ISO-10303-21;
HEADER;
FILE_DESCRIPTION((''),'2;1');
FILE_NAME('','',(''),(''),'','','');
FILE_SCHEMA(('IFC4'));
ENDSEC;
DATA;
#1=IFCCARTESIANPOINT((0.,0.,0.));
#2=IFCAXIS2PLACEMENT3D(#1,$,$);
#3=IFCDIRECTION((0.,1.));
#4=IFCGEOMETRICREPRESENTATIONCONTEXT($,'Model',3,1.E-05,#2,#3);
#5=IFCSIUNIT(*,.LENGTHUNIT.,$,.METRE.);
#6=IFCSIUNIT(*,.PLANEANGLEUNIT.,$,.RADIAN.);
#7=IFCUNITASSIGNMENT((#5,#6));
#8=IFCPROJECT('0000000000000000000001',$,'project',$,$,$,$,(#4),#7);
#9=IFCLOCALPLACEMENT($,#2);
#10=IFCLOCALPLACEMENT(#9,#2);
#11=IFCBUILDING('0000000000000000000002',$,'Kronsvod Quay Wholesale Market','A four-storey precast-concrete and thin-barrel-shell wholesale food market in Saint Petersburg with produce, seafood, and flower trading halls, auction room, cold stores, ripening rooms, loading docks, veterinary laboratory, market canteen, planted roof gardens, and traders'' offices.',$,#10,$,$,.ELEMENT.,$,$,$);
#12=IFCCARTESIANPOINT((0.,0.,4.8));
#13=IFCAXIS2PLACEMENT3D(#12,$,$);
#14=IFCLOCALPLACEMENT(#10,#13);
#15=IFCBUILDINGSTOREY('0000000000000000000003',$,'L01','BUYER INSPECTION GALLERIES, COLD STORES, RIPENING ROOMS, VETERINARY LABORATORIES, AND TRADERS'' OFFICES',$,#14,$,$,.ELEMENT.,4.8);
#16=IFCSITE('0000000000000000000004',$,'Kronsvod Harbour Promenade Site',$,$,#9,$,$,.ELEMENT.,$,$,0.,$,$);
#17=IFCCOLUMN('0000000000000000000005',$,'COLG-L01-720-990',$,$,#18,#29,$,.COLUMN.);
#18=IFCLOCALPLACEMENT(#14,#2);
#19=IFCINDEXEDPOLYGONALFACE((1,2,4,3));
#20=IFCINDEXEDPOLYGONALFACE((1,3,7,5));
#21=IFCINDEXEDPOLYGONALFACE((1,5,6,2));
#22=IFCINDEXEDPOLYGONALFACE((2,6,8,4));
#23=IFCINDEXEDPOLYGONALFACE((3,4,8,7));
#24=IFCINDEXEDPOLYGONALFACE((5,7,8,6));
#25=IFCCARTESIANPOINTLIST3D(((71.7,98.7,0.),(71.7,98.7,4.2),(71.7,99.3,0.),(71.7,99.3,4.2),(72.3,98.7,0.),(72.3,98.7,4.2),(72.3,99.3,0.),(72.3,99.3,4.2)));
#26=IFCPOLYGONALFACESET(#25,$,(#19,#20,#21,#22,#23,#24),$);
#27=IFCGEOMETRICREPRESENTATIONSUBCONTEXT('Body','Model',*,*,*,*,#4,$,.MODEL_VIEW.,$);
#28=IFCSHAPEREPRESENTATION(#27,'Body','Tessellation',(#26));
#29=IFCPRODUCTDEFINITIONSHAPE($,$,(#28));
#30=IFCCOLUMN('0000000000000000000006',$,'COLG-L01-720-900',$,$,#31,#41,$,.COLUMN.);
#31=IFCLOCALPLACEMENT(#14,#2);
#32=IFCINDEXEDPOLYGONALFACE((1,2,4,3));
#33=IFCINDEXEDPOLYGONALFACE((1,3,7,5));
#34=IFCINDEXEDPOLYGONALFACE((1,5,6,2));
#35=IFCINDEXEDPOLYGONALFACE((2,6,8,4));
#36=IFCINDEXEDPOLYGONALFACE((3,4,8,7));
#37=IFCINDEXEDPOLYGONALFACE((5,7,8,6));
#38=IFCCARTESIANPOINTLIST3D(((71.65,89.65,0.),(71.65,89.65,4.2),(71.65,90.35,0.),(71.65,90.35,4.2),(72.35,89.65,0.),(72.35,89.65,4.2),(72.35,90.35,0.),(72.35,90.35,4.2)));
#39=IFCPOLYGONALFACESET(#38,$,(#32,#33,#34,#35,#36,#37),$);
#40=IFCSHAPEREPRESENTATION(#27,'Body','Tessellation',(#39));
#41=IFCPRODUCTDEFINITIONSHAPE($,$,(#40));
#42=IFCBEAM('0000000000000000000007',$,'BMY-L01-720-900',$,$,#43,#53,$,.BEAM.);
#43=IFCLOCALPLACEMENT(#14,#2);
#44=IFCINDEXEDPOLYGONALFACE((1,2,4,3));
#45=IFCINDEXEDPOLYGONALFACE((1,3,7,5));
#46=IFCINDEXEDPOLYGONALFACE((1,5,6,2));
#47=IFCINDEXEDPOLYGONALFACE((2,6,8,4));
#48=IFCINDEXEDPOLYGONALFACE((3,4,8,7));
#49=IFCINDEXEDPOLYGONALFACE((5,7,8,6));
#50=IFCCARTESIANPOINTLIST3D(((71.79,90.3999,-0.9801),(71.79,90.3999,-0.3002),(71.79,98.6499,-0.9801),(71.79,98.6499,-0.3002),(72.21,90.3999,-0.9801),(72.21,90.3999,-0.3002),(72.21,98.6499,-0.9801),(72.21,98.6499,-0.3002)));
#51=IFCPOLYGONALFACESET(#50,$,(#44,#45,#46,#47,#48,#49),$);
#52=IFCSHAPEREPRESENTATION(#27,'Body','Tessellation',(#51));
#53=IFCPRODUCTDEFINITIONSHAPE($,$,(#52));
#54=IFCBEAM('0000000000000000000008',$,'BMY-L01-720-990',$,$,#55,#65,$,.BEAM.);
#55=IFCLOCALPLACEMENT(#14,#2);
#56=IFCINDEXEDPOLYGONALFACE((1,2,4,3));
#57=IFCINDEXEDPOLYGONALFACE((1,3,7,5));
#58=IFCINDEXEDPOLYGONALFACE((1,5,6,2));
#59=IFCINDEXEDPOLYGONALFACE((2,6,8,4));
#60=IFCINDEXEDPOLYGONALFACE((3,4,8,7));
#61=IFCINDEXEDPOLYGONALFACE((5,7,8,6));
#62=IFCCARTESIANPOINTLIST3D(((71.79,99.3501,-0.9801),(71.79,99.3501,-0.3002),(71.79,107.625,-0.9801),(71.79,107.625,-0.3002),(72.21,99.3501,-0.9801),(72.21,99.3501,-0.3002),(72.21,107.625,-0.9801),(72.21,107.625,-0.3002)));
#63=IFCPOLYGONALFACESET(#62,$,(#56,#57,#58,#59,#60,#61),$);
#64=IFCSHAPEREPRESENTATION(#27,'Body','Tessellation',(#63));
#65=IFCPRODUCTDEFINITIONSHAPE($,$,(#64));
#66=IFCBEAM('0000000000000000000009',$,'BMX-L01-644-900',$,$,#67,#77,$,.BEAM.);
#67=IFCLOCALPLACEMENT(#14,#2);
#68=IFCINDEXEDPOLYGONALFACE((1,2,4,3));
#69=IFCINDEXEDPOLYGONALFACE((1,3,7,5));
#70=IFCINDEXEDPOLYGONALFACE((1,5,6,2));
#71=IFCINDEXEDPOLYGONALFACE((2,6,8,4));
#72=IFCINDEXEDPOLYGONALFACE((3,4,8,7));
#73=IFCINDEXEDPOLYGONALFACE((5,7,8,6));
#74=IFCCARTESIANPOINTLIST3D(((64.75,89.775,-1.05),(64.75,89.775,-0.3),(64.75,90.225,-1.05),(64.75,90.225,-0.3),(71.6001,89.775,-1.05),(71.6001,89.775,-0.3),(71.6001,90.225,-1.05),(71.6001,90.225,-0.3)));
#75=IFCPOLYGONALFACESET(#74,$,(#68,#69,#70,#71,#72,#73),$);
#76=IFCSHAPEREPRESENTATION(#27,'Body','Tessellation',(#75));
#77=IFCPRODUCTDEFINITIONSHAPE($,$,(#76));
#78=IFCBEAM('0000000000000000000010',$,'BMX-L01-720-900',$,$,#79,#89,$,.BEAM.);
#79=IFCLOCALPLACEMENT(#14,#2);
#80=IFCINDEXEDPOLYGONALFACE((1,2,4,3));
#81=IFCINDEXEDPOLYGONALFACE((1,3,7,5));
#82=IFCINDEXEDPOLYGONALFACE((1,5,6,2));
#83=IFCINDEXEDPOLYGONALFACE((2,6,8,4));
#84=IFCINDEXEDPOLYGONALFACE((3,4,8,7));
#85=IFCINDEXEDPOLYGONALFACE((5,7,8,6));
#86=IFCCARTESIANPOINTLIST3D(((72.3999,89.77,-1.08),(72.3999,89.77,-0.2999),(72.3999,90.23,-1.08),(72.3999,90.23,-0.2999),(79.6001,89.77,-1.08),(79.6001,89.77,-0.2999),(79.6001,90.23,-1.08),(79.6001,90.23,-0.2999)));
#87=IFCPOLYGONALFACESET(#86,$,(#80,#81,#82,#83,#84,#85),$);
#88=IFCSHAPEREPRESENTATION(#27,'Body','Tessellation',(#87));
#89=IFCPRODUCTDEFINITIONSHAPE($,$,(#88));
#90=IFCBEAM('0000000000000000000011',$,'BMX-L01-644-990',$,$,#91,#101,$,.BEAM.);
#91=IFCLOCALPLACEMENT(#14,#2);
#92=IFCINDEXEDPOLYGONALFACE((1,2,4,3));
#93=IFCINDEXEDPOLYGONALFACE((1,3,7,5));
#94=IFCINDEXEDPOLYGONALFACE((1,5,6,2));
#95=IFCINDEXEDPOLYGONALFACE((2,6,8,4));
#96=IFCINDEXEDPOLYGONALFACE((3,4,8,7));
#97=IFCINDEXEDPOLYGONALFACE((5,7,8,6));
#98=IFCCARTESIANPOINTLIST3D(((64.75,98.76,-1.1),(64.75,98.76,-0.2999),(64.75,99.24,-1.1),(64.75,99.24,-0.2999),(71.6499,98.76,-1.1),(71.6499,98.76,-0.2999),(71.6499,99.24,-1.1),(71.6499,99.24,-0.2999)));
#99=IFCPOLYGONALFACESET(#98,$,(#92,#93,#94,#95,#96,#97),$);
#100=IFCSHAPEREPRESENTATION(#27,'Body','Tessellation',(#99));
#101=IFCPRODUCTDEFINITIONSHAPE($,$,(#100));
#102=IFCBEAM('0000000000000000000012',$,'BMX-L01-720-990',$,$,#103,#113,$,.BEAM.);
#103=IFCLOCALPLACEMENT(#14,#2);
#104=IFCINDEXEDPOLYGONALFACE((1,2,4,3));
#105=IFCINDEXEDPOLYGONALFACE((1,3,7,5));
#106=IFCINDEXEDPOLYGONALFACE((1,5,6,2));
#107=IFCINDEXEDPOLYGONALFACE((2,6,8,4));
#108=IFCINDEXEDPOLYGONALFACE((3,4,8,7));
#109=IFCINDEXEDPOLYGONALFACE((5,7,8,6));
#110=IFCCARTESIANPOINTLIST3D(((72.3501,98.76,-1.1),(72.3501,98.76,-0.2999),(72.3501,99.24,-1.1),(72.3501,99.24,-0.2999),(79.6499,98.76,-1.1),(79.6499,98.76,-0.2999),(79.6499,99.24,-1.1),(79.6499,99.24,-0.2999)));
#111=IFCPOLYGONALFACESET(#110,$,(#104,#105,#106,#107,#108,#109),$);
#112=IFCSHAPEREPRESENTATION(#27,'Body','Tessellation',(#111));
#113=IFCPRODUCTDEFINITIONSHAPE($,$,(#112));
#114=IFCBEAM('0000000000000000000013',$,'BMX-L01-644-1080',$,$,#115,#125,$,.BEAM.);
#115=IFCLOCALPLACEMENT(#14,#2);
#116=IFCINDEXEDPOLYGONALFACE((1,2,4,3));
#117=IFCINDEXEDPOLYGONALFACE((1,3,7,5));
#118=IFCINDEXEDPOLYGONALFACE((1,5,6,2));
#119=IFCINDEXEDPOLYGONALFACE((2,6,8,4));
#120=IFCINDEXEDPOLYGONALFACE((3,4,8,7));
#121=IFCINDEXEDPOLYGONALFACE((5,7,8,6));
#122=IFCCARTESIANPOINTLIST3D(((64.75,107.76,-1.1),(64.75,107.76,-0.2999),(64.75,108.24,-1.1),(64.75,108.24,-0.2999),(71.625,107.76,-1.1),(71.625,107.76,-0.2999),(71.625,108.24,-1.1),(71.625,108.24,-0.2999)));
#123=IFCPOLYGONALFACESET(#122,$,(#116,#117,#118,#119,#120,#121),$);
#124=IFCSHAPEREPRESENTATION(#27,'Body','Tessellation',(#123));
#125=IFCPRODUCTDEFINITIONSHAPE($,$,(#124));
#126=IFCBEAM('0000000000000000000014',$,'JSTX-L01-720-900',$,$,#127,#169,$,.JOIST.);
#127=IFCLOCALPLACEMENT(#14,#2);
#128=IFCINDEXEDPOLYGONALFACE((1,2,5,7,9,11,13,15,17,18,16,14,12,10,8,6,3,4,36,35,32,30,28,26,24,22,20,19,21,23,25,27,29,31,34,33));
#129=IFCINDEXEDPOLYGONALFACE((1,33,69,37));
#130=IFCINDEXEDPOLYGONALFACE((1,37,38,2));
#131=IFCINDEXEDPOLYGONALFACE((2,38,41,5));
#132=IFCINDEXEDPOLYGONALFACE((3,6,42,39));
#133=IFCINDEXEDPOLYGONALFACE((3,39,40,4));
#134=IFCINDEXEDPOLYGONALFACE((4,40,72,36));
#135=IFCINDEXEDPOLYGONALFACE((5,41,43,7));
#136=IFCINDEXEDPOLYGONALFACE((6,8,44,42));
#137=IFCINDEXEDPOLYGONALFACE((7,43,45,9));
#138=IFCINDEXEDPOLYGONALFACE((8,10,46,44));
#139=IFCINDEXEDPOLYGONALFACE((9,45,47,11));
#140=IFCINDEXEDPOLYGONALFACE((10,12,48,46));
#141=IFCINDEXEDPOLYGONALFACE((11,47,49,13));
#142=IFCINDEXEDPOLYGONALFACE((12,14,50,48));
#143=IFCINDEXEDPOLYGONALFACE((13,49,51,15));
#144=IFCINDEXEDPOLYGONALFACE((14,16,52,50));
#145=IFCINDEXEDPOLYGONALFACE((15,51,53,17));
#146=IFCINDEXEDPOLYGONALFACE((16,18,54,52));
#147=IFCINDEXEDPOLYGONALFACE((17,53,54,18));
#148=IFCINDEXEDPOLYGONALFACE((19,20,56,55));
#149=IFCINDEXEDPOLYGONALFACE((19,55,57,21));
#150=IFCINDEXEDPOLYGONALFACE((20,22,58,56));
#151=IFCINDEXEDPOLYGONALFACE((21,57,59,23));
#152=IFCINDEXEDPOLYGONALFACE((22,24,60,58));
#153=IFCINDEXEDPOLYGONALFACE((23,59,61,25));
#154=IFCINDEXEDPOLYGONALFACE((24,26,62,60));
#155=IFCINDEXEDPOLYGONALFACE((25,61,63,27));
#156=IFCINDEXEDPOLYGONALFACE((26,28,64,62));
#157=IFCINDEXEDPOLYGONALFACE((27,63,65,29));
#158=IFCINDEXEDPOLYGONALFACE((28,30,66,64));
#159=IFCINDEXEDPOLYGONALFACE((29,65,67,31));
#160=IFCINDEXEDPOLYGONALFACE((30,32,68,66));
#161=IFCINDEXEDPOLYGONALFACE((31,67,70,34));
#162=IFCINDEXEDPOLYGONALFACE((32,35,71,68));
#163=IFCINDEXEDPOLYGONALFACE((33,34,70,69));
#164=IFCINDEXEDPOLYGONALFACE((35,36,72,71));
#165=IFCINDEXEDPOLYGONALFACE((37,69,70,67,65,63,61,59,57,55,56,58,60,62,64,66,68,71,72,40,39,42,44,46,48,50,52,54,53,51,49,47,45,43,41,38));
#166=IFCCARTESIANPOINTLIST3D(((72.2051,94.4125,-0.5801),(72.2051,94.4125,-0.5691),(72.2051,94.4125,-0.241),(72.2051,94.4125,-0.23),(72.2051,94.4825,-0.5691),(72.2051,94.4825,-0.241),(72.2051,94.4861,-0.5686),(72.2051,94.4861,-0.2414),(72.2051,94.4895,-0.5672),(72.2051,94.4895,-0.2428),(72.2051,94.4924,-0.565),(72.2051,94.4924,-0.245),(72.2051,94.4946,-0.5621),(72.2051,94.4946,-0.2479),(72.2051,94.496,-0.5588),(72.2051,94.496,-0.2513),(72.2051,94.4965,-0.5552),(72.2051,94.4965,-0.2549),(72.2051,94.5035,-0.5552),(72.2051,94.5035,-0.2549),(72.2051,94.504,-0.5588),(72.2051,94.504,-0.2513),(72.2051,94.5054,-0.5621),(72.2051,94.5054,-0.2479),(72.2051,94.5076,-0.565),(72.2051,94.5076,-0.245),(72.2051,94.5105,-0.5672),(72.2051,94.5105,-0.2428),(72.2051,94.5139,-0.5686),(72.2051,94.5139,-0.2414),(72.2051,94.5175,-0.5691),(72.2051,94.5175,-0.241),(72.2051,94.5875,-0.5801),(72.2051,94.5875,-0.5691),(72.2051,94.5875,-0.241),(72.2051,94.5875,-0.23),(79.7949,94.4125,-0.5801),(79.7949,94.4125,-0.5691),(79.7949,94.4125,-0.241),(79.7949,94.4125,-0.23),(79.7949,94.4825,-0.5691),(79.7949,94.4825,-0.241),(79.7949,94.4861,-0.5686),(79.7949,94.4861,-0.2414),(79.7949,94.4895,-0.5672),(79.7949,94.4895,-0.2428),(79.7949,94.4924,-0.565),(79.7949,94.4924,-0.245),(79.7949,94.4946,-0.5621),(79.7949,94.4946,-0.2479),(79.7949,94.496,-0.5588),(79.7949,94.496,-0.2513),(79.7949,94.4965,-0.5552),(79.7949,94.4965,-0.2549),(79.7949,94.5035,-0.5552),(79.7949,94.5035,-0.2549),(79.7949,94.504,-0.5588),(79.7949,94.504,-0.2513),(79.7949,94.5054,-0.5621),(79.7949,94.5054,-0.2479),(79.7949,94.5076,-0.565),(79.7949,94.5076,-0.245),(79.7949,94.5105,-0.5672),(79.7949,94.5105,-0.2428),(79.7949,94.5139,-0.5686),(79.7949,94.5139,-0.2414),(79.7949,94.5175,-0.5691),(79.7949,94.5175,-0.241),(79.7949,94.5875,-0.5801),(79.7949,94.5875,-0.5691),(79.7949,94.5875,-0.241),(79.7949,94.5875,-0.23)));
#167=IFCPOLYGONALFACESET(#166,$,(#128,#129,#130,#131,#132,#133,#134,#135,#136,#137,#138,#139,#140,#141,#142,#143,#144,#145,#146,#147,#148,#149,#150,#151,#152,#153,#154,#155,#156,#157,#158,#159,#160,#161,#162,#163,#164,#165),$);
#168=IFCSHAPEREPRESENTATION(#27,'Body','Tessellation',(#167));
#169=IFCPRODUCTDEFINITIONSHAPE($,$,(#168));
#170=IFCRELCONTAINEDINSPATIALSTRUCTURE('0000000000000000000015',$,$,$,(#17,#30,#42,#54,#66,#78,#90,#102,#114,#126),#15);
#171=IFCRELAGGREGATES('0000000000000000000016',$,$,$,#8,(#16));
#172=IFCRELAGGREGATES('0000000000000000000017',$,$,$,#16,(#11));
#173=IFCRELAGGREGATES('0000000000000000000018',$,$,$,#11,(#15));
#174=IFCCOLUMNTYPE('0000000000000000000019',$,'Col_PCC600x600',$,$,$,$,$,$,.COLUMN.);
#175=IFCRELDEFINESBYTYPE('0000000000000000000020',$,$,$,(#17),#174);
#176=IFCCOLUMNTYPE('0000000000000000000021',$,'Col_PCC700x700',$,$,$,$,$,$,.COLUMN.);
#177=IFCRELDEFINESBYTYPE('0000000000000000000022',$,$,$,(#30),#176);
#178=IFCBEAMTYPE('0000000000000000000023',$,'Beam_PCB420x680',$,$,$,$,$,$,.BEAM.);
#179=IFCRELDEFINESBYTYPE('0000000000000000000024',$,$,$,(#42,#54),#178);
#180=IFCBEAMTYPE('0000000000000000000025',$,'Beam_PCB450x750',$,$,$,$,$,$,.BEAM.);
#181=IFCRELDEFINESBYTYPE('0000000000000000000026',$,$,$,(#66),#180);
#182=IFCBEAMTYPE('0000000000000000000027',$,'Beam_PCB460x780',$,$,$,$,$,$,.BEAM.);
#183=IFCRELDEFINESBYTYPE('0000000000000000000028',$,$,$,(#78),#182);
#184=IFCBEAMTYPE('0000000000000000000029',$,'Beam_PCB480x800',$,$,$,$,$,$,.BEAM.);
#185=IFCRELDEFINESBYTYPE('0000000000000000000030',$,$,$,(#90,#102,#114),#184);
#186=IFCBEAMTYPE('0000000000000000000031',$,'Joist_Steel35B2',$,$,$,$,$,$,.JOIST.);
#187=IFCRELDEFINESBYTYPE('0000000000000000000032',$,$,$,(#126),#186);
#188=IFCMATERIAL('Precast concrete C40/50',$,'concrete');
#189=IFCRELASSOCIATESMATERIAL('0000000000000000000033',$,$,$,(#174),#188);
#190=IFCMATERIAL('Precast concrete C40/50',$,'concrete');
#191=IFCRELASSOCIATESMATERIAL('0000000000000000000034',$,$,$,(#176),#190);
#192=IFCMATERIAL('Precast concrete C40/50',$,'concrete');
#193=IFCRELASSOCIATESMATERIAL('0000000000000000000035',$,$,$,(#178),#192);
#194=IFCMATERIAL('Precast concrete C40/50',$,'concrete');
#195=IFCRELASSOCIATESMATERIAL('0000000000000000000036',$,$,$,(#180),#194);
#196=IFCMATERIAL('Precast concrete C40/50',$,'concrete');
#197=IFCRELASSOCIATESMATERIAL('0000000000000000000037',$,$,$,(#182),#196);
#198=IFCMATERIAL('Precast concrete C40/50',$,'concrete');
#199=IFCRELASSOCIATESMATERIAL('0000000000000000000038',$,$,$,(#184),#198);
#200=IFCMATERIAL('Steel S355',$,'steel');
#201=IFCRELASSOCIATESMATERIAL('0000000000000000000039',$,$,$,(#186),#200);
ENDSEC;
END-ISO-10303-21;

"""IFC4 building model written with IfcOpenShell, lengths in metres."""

from ifc_helpers import new_model, si_unit, direction, frame, origin, origin_2d, place, context, subcontext, project, spatial, rectangle, i_section, extrude, material, material_profile, profile_set, type_object, element, save


model = new_model("IFC4")

# Units and contexts
model_context = context("Model", 3, precision=1e-05, world=origin(), true_north=direction((0.0, 1.0)))
body_context = subcontext(model_context, "Body", "Model", "MODEL_VIEW")
ifc_project = project(units=[si_unit("LENGTHUNIT", "METRE"), si_unit("PLANEANGLEUNIT", "RADIAN")], contexts=[model_context])

# Site, building, storey
site_placement = place(None, origin())
site = spatial("IfcSite", under=ifc_project, at=site_placement, Name="Kronsvod Harbour Promenade Site", CompositionType="ELEMENT", RefElevation=0.0)
building_placement = place(site_placement, origin())
building = spatial("IfcBuilding", under=site, at=building_placement, Name="Kronsvod Quay Wholesale Market", Description="A four-storey precast-concrete and thin-barrel-shell wholesale food market in Saint Petersburg with produce, seafood, and flower trading halls, auction room, cold stores, ripening rooms, loading docks, veterinary laboratory, market canteen, planted roof gardens, and traders' offices.", CompositionType="ELEMENT")
storey_placement = place(building_placement, frame((0.0, 0.0, 4.8)))
storey = spatial("IfcBuildingStorey", under=building, at=storey_placement, Name="L01", Description="BUYER INSPECTION GALLERIES, COLD STORES, RIPENING ROOMS, VETERINARY LABORATORIES, AND TRADERS' OFFICES", CompositionType="ELEMENT", Elevation=4.8)

# Columns
ifc_material_1 = material(Name="Precast concrete C40/50", Category="concrete")
ifc_material_profile_1 = material_profile(ifc_material_1, rectangle(XDim=0.6001, YDim=0.6001, at=origin_2d()), Name="PCC600x600")
ifc_profile_set_1 = profile_set([ifc_material_profile_1], Name="Precast concrete C40/50")
column_type_1 = type_object("IfcColumnType", Name="Col_PCC600x600", PredefinedType="COLUMN", material=ifc_profile_set_1)
column_1_placement = place(storey_placement, frame((72.0, 99.0, 0.0), z_axis=(0.0, 0.0, 1.0), x_axis=(1.0, 0.0, 0.0)))
element("IfcColumn", 1, at=column_1_placement, inside=storey, type_object=column_type_1, Name="COLG-L01-720-990", PredefinedType="COLUMN", context=body_context, shape_type="SweptSolid", body=[
    extrude(rectangle(XDim=0.6001, YDim=0.6001, at=origin_2d()), origin(), (0.0, 0.0, 1.0), 4.2),
])
ifc_material_2 = material(Name="Precast concrete C40/50", Category="concrete")
ifc_material_profile_2 = material_profile(ifc_material_2, rectangle(XDim=0.7, YDim=0.7, at=origin_2d()), Name="PCC700x700")
ifc_profile_set_2 = profile_set([ifc_material_profile_2], Name="Precast concrete C40/50")
column_type_2 = type_object("IfcColumnType", Name="Col_PCC700x700", PredefinedType="COLUMN", material=ifc_profile_set_2)
column_2_placement = place(storey_placement, frame((72.0, 90.0, 0.0), z_axis=(0.0, 0.0, 1.0), x_axis=(1.0, 0.0, 0.0)))
element("IfcColumn", 2, at=column_2_placement, inside=storey, type_object=column_type_2, Name="COLG-L01-720-900", PredefinedType="COLUMN", context=body_context, shape_type="SweptSolid", body=[
    extrude(rectangle(XDim=0.7, YDim=0.7, at=origin_2d()), origin(), (0.0, 0.0, 1.0), 4.2),
])

# Beams
ifc_material_3 = material(Name="Precast concrete C40/50", Category="concrete")
ifc_material_profile_3 = material_profile(ifc_material_3, rectangle(XDim=0.4199, YDim=0.6799, at=origin_2d()), Name="PB-05")
ifc_profile_set_3 = profile_set([ifc_material_profile_3], Name="Precast concrete C40/50")
beam_type_1 = type_object("IfcBeamType", Name="Beam_PCB420x680", PredefinedType="BEAM", material=ifc_profile_set_3)
beam_1_placement = place(storey_placement, frame((72.0, 90.3999, -0.6401), z_axis=(0.0, 1.0, 0.0), x_axis=(-1.0, 0.0, 0.0)))
element("IfcBeam", 3, at=beam_1_placement, inside=storey, type_object=beam_type_1, Name="BMY-L01-720-900", PredefinedType="BEAM", context=body_context, shape_type="SweptSolid", body=[
    extrude(rectangle(XDim=0.4199, YDim=0.6799, at=origin_2d()), origin(), (0.0, 0.0, 1.0), 8.25),
])
beam_2_placement = place(storey_placement, frame((72.0, 99.3501, -0.6401), z_axis=(0.0, 1.0, 0.0), x_axis=(-1.0, 0.0, 0.0)))
element("IfcBeam", 4, at=beam_2_placement, inside=storey, type_object=beam_type_1, Name="BMY-L01-720-990", PredefinedType="BEAM", context=body_context, shape_type="SweptSolid", body=[
    extrude(rectangle(XDim=0.4199, YDim=0.6799, at=origin_2d()), origin(), (0.0, 0.0, 1.0), 8.2749),
])
ifc_material_4 = material(Name="Precast concrete C40/50", Category="concrete")
ifc_material_profile_4 = material_profile(ifc_material_4, rectangle(XDim=0.45, YDim=0.75, at=origin_2d()), Name="PCB450x750")
ifc_profile_set_4 = profile_set([ifc_material_profile_4], Name="Precast concrete C40/50")
beam_type_2 = type_object("IfcBeamType", Name="Beam_PCB450x750", PredefinedType="BEAM", material=ifc_profile_set_4)
beam_3_placement = place(storey_placement, frame((64.75, 90.0, -0.675), z_axis=(1.0, 0.0, 0.0), x_axis=(0.0, 1.0, 0.0)))
element("IfcBeam", 5, at=beam_3_placement, inside=storey, type_object=beam_type_2, Name="BMX-L01-644-900", PredefinedType="BEAM", context=body_context, shape_type="SweptSolid", body=[
    extrude(rectangle(XDim=0.45, YDim=0.75, at=origin_2d()), origin(), (0.0, 0.0, 1.0), 6.8501),
])
ifc_material_5 = material(Name="Precast concrete C40/50", Category="concrete")
ifc_material_profile_5 = material_profile(ifc_material_5, rectangle(XDim=0.46, YDim=0.78, at=origin_2d()), Name="PB-03")
ifc_profile_set_5 = profile_set([ifc_material_profile_5], Name="Precast concrete C40/50")
beam_type_3 = type_object("IfcBeamType", Name="Beam_PCB460x780", PredefinedType="BEAM", material=ifc_profile_set_5)
beam_4_placement = place(storey_placement, frame((72.3999, 90.0, -0.6899), z_axis=(1.0, 0.0, 0.0), x_axis=(0.0, 1.0, 0.0)))
element("IfcBeam", 6, at=beam_4_placement, inside=storey, type_object=beam_type_3, Name="BMX-L01-720-900", PredefinedType="BEAM", context=body_context, shape_type="SweptSolid", body=[
    extrude(rectangle(XDim=0.46, YDim=0.78, at=origin_2d()), origin(), (0.0, 0.0, 1.0), 7.2002),
])
ifc_material_6 = material(Name="Precast concrete C40/50", Category="concrete")
ifc_material_profile_6 = material_profile(ifc_material_6, rectangle(XDim=0.48, YDim=0.8, at=origin_2d()), Name="PB-04")
ifc_profile_set_6 = profile_set([ifc_material_profile_6], Name="Precast concrete C40/50")
beam_type_4 = type_object("IfcBeamType", Name="Beam_PCB480x800", PredefinedType="BEAM", material=ifc_profile_set_6)
beam_5_placement = place(storey_placement, frame((64.75, 99.0, -0.7), z_axis=(1.0, 0.0, 0.0), x_axis=(0.0, 1.0, 0.0)))
element("IfcBeam", 7, at=beam_5_placement, inside=storey, type_object=beam_type_4, Name="BMX-L01-644-990", PredefinedType="BEAM", context=body_context, shape_type="SweptSolid", body=[
    extrude(rectangle(XDim=0.48, YDim=0.8, at=origin_2d()), origin(), (0.0, 0.0, 1.0), 6.8999),
])
beam_6_placement = place(storey_placement, frame((72.3501, 99.0, -0.7), z_axis=(1.0, 0.0, 0.0), x_axis=(0.0, 1.0, 0.0)))
element("IfcBeam", 8, at=beam_6_placement, inside=storey, type_object=beam_type_4, Name="BMX-L01-720-990", PredefinedType="BEAM", context=body_context, shape_type="SweptSolid", body=[
    extrude(rectangle(XDim=0.48, YDim=0.8, at=origin_2d()), origin(), (0.0, 0.0, 1.0), 7.2998),
])
beam_7_placement = place(storey_placement, frame((64.75, 108.0, -0.7), z_axis=(1.0, 0.0, 0.0), x_axis=(0.0, 1.0, 0.0)))
element("IfcBeam", 9, at=beam_7_placement, inside=storey, type_object=beam_type_4, Name="BMX-L01-644-1080", PredefinedType="BEAM", context=body_context, shape_type="SweptSolid", body=[
    extrude(rectangle(XDim=0.48, YDim=0.8, at=origin_2d()), origin(), (0.0, 0.0, 1.0), 6.875),
])
ifc_material_7 = material(Name="Steel S355", Category="steel")
ifc_material_profile_7 = material_profile(ifc_material_7, i_section(OverallWidth=0.175, OverallDepth=0.3501, WebThickness=0.0071, FlangeThickness=0.011, FilletRadius=0.0139, at=origin_2d()), Name="35B2")
ifc_profile_set_7 = profile_set([ifc_material_profile_7], Name="Steel S355")
beam_type_5 = type_object("IfcBeamType", Name="Joist_Steel35B2", PredefinedType="JOIST", material=ifc_profile_set_7)
beam_8_placement = place(storey_placement, frame((72.2051, 94.5, -0.405), z_axis=(1.0, 0.0, 0.0), x_axis=(0.0, 1.0, 0.0)))
element("IfcBeam", 10, at=beam_8_placement, inside=storey, type_object=beam_type_5, Name="JSTX-L01-720-900", PredefinedType="JOIST", context=body_context, shape_type="SweptSolid", body=[
    extrude(i_section(OverallWidth=0.175, OverallDepth=0.3501, WebThickness=0.0071, FlangeThickness=0.011, FilletRadius=0.0139, at=origin_2d()), origin(), (0.0, 0.0, 1.0), 7.5898),
])

save(model, "model.ifc")
